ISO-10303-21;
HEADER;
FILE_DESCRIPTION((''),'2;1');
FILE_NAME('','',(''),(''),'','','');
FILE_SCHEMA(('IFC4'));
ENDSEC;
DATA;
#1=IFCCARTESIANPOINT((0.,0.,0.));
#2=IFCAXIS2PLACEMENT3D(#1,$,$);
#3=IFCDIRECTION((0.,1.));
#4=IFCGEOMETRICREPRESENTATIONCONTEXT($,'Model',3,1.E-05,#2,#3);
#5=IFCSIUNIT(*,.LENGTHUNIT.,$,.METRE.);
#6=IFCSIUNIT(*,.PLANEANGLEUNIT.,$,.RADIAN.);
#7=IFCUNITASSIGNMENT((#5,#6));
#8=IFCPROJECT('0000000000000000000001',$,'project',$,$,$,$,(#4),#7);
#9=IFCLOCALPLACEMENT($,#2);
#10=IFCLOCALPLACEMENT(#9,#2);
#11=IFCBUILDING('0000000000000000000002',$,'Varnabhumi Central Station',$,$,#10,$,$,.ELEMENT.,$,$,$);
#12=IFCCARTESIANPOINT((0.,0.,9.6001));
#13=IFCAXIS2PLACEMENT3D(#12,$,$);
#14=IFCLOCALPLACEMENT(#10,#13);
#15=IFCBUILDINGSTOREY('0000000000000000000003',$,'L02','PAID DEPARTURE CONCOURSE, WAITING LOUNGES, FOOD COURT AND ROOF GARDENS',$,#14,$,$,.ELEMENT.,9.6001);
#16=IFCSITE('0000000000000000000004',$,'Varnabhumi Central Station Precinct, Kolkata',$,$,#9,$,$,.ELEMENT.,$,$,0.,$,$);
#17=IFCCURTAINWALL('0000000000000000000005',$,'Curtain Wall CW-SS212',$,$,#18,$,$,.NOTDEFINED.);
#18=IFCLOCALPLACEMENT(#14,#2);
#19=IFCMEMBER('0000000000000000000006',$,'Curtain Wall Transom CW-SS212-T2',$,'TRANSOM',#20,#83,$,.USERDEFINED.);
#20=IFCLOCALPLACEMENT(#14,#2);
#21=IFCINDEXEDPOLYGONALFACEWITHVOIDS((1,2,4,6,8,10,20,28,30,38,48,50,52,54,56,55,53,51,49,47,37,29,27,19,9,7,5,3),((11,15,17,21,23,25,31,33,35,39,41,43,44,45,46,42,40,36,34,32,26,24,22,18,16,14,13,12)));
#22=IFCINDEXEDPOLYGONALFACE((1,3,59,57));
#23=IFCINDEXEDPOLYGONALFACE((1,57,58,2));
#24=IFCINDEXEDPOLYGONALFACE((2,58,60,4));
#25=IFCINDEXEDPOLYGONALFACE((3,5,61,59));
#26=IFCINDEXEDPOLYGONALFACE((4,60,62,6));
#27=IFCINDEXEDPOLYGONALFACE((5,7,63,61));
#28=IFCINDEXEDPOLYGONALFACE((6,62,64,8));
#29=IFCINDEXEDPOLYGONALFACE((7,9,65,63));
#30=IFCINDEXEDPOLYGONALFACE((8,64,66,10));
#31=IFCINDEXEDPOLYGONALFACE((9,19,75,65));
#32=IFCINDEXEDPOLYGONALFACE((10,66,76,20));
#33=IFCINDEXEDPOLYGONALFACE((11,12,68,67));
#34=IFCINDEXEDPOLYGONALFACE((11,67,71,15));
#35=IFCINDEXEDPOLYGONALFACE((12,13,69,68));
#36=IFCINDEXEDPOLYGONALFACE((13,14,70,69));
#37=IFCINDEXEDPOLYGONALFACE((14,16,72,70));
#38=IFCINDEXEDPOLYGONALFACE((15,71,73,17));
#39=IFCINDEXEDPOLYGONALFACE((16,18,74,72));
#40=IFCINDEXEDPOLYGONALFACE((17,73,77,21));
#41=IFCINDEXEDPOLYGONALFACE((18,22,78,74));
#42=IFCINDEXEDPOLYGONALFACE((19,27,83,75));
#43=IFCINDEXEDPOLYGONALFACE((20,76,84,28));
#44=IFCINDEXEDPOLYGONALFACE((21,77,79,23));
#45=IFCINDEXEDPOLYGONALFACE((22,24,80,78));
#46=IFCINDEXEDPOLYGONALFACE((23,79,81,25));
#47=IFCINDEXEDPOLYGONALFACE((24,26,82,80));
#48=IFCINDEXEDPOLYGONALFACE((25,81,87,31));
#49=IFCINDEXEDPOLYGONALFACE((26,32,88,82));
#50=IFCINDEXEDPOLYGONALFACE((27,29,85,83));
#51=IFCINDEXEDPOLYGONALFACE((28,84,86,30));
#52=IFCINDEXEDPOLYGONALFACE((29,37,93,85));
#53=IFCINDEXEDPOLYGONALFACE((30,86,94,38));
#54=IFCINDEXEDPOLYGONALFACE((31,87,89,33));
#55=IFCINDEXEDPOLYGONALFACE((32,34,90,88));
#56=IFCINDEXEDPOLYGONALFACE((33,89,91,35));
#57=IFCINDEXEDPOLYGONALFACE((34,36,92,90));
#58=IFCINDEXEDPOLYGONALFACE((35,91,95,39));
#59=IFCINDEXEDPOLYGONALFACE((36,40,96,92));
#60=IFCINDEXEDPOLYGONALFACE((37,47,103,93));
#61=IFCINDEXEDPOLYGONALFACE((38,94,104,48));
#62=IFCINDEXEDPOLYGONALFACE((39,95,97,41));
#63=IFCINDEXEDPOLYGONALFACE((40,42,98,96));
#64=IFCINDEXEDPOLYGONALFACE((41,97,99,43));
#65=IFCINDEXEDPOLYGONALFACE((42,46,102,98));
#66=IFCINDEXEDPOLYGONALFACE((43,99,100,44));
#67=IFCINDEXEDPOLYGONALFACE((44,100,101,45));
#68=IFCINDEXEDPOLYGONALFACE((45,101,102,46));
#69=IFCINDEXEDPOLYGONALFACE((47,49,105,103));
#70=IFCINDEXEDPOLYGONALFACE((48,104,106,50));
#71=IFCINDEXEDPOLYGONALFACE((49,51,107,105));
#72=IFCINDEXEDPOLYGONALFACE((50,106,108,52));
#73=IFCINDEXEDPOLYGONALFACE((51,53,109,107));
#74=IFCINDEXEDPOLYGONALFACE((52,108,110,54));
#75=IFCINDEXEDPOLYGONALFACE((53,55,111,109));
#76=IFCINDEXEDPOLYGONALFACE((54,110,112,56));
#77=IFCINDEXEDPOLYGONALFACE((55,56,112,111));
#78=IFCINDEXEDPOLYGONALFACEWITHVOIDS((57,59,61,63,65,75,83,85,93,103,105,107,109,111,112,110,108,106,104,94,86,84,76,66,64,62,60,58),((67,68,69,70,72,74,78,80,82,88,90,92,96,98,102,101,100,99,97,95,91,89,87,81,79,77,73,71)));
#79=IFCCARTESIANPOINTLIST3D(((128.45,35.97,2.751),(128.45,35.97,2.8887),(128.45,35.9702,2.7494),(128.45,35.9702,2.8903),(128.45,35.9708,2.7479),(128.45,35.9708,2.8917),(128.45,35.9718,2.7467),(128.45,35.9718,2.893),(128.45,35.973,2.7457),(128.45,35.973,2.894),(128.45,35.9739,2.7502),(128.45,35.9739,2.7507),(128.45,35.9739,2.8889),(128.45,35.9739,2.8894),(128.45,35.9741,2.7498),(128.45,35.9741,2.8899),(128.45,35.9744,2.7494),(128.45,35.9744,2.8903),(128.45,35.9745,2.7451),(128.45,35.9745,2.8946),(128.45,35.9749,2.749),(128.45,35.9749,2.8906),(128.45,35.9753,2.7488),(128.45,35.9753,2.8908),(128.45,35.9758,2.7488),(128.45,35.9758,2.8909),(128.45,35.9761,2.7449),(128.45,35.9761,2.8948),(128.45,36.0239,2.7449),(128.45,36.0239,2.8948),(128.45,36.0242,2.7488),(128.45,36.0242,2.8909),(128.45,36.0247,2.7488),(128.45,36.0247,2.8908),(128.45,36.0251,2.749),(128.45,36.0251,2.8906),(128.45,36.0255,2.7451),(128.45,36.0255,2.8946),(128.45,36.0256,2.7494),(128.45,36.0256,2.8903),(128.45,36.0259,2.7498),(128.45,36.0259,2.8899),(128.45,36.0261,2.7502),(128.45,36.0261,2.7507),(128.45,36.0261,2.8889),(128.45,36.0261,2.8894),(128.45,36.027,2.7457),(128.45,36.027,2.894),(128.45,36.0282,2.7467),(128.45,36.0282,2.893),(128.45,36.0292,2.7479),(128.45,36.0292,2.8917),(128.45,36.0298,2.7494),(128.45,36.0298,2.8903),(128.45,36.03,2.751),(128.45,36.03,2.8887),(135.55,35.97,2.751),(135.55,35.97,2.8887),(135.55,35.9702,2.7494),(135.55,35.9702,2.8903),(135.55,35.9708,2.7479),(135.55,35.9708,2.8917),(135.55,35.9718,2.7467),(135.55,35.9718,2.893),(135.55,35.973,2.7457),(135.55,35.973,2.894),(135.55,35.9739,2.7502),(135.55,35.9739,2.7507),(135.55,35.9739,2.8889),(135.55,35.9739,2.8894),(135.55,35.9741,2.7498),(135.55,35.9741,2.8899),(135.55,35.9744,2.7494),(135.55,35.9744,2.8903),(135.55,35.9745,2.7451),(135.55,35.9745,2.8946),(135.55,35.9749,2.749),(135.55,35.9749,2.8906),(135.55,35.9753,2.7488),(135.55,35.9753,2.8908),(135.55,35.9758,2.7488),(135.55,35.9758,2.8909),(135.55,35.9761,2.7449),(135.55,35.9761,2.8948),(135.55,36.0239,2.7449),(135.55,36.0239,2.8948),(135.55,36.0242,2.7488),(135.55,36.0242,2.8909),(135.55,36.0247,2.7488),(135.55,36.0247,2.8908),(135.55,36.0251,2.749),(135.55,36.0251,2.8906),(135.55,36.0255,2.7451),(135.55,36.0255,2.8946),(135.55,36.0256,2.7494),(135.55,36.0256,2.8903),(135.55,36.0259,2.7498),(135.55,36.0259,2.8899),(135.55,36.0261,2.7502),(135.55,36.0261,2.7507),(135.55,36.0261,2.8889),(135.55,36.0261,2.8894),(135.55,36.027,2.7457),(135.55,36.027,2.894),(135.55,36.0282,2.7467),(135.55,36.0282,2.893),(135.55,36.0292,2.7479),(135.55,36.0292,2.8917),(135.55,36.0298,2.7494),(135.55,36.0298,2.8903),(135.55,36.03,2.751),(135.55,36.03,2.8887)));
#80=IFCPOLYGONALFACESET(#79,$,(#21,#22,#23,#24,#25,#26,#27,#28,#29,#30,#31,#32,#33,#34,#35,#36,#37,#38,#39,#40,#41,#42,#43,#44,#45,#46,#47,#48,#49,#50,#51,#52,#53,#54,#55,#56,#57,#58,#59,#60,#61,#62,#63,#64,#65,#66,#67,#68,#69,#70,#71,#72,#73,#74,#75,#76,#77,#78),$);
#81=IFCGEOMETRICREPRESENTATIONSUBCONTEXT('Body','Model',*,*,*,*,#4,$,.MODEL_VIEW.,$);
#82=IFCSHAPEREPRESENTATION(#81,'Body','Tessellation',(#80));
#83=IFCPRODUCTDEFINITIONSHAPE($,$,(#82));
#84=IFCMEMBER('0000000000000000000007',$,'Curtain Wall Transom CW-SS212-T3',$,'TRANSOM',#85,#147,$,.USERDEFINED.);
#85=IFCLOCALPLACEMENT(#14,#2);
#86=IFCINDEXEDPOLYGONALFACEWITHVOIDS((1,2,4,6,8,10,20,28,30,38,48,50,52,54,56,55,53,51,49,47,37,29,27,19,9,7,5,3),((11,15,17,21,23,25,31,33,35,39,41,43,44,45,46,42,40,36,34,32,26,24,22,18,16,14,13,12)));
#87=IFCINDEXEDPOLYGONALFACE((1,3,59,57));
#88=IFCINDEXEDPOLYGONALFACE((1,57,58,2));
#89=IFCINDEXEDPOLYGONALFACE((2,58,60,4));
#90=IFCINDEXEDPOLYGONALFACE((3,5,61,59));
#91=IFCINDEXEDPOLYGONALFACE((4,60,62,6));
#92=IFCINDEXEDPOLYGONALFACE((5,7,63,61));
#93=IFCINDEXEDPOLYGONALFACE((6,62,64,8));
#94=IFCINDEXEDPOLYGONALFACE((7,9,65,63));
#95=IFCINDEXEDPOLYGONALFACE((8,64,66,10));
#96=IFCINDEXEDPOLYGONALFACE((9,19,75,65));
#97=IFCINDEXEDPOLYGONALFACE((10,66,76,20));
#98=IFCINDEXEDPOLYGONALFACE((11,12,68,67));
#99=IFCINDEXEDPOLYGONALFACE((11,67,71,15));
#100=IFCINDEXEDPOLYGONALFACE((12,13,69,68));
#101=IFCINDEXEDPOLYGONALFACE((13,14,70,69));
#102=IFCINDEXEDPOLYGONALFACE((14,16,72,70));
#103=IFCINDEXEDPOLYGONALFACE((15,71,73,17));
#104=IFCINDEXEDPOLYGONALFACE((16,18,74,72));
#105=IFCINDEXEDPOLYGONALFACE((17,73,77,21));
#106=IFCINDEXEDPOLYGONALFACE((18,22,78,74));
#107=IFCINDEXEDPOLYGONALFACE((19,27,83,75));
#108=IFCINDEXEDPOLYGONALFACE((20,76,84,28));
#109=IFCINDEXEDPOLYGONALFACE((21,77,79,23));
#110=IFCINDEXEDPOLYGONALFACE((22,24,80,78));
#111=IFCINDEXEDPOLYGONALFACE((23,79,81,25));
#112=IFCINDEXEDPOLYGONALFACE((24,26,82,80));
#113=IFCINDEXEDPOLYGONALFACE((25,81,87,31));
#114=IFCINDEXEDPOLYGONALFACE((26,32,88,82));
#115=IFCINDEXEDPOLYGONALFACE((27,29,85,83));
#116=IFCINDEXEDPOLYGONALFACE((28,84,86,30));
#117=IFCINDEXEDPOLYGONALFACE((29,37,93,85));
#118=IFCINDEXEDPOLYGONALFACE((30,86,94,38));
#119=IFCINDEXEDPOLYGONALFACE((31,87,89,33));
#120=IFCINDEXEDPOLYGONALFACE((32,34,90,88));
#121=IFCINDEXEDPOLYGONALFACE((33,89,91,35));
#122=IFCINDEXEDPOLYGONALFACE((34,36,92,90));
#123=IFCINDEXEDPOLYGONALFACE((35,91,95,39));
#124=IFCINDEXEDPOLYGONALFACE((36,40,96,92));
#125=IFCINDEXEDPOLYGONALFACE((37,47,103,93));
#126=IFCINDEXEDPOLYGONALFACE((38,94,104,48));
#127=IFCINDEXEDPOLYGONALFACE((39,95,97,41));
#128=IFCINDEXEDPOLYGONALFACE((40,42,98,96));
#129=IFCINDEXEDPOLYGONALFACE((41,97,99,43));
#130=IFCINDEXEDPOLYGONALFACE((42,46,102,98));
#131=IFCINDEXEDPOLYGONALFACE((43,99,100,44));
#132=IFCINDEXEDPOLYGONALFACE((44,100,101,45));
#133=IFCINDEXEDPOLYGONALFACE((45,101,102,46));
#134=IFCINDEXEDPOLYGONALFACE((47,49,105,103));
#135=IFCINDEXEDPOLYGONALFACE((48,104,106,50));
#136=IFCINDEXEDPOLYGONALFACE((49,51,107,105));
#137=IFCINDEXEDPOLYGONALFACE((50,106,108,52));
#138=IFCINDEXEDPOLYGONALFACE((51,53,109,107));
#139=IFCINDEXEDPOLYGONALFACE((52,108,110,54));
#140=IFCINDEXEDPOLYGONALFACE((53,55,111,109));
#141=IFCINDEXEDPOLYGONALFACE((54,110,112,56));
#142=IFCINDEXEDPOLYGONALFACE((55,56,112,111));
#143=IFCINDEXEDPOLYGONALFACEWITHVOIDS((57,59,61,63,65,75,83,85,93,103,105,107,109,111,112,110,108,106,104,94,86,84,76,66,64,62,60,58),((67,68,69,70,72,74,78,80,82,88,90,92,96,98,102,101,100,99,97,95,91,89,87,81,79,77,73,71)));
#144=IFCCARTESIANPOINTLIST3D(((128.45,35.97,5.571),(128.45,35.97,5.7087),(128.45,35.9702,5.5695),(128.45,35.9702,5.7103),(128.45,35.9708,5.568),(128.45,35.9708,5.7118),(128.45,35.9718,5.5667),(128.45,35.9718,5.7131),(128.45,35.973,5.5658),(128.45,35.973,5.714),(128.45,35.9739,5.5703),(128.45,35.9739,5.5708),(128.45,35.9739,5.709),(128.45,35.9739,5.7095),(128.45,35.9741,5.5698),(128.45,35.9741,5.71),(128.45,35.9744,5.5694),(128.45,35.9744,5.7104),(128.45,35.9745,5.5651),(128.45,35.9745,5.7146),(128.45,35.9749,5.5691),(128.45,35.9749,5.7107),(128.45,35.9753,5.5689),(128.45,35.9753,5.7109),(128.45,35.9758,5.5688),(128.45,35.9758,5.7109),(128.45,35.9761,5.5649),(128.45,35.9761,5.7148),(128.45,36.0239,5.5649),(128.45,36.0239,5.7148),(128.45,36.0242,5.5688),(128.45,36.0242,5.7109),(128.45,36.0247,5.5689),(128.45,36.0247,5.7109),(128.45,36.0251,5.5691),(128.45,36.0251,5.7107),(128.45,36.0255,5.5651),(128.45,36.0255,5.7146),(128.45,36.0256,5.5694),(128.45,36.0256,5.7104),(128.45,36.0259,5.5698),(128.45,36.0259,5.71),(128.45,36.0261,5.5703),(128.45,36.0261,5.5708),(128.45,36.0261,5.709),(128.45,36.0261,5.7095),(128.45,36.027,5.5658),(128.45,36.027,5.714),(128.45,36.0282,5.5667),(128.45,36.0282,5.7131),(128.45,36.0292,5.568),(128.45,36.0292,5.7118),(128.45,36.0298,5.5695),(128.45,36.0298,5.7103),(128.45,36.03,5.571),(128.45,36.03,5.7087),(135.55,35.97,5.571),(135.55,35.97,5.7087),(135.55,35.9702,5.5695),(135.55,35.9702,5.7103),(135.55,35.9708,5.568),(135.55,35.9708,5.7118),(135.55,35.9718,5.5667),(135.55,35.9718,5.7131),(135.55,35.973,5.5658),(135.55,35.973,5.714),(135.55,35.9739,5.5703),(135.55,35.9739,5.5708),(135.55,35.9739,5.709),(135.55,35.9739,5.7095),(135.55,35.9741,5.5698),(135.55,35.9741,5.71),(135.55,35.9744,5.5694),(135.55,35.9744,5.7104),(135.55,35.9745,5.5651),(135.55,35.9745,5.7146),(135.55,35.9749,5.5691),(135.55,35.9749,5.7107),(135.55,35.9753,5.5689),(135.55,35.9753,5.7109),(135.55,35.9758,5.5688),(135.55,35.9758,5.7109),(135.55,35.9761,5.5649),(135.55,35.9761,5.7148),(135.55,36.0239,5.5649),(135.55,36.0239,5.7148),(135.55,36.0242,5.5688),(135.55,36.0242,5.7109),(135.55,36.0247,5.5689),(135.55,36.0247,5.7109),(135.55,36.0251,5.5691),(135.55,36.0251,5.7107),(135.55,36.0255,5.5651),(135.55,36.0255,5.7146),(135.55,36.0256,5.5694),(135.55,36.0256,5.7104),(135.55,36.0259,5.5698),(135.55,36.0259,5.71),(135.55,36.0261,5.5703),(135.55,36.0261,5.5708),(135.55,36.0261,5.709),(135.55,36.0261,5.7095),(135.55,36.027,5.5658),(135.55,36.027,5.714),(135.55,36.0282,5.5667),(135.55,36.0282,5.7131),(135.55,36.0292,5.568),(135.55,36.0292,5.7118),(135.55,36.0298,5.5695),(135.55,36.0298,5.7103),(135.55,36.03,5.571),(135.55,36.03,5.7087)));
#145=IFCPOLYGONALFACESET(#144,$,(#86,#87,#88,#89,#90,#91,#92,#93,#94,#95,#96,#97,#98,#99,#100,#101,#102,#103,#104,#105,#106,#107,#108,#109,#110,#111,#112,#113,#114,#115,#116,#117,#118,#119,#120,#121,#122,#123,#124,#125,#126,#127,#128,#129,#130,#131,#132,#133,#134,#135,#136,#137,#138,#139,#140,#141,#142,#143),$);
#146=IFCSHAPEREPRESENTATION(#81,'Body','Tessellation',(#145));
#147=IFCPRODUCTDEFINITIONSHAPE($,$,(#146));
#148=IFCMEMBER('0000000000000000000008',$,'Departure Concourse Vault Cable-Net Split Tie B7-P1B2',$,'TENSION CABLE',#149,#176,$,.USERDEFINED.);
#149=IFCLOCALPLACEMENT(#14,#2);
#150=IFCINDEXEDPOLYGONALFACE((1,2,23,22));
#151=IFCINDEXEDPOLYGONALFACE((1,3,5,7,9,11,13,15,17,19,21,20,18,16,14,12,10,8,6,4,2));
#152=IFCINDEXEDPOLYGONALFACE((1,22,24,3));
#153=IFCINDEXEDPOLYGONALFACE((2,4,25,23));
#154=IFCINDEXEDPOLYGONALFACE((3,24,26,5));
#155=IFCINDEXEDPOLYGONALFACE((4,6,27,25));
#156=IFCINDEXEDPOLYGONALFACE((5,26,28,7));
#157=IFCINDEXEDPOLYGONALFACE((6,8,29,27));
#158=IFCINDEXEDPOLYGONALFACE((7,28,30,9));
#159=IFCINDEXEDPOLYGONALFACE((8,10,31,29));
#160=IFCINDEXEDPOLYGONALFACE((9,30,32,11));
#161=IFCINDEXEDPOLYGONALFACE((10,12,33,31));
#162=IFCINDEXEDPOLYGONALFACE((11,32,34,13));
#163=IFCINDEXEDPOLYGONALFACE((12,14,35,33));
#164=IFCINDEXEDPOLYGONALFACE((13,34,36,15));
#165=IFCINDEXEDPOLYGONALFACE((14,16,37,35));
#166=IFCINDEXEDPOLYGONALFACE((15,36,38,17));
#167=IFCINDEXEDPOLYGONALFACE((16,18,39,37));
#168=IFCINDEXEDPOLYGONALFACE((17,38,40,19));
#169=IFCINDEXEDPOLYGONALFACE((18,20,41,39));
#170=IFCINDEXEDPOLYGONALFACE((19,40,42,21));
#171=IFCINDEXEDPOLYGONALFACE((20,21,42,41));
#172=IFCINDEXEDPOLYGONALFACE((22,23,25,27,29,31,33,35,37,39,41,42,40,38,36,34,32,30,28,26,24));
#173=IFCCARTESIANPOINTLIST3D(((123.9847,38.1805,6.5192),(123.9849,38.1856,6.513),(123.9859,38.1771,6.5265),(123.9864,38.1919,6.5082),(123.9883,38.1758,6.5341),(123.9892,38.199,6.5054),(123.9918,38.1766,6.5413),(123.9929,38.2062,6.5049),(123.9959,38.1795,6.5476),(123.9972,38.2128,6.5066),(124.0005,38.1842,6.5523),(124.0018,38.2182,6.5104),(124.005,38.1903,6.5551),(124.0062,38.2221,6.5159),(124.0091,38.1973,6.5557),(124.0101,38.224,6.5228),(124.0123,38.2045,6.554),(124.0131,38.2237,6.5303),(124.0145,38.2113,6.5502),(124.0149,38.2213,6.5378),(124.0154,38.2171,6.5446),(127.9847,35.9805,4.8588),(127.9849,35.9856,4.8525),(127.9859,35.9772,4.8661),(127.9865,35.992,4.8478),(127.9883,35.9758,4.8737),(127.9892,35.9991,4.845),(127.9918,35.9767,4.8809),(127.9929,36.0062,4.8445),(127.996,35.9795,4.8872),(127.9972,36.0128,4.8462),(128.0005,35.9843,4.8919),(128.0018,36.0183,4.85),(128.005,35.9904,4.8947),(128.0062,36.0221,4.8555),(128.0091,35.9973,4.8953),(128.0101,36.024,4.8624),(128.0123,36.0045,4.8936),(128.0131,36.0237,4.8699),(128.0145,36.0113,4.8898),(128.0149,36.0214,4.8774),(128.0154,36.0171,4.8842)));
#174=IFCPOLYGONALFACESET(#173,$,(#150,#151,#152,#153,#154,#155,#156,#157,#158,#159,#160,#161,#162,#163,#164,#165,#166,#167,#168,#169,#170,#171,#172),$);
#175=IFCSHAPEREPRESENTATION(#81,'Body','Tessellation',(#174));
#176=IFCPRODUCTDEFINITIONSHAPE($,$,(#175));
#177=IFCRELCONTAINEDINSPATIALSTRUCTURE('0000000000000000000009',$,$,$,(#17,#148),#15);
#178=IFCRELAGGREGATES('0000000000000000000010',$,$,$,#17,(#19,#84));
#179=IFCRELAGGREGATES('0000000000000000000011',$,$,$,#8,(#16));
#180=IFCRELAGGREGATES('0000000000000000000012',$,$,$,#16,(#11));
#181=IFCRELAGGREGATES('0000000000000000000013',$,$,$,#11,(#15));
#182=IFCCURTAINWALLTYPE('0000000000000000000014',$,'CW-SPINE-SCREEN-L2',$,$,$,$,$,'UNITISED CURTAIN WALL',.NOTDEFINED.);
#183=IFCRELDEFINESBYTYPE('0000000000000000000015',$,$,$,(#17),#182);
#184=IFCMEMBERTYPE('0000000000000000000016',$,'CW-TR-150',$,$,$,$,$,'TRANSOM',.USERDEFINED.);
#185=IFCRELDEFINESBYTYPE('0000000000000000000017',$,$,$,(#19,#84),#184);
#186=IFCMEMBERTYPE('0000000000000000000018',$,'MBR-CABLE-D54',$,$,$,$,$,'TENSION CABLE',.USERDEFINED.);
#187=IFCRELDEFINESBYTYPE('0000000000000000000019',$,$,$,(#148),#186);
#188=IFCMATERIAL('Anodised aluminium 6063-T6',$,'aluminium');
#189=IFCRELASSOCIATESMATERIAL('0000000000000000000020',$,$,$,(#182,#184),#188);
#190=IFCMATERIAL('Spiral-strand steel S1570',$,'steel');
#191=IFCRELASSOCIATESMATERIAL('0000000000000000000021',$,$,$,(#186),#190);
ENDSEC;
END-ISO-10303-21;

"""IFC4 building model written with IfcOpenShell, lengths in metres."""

from ifc_helpers import new_model, si_unit, direction, frame, origin, origin_2d, place, context, subcontext, project, spatial, hollow_rectangle, circle, extrude, material, material_profile, profile_set, type_object, element, aggregate, save


model = new_model("IFC4")

# Units and contexts
model_context = context("Model", 3, precision=1e-05, world=origin(), true_north=direction((0.0, 1.0)))
body_context = subcontext(model_context, "Body", "Model", "MODEL_VIEW")
ifc_project = project(units=[si_unit("LENGTHUNIT", "METRE"), si_unit("PLANEANGLEUNIT", "RADIAN")], contexts=[model_context])

# Site, building, storey
site_placement = place(None, origin())
site = spatial("IfcSite", under=ifc_project, at=site_placement, Name="Varnabhumi Central Station Precinct, Kolkata", CompositionType="ELEMENT", RefElevation=0.0)
building_placement = place(site_placement, origin())
building = spatial("IfcBuilding", under=site, at=building_placement, Name="Varnabhumi Central Station", CompositionType="ELEMENT")
storey_placement = place(building_placement, frame((0.0, 0.0, 9.6001)))
storey = spatial("IfcBuildingStorey", under=building, at=storey_placement, Name="L02", Description="PAID DEPARTURE CONCOURSE, WAITING LOUNGES, FOOD COURT AND ROOF GARDENS", CompositionType="ELEMENT", Elevation=9.6001)

# Curtain wall, members
ifc_material_1 = material(Name="Anodised aluminium 6063-T6", Category="aluminium")
curtain_wall_type = type_object("IfcCurtainWallType", Name="CW-SPINE-SCREEN-L2", ElementType="UNITISED CURTAIN WALL", PredefinedType="NOTDEFINED", material=ifc_material_1)
curtain_wall_placement = place(storey_placement, origin())
curtain_wall = element("IfcCurtainWall", 1, at=curtain_wall_placement, inside=storey, type_object=curtain_wall_type, Name="Curtain Wall CW-SS212", PredefinedType="NOTDEFINED")
ifc_material_profile_1 = material_profile(ifc_material_1, hollow_rectangle(XDim=0.0601, YDim=0.1499, WallThickness=0.0039, InnerFilletRadius=0.002, OuterFilletRadius=0.0061, at=origin_2d()), Name="Anodised aluminium 6063-T6", Category="aluminium")
ifc_profile_set_1 = profile_set([ifc_material_profile_1], Name="Anodised aluminium 6063-T6")
member_type_1 = type_object("IfcMemberType", Name="CW-TR-150", ElementType="TRANSOM", PredefinedType="USERDEFINED", material=ifc_profile_set_1)
member_1_placement = place(storey_placement, frame((128.45, 36.0, 2.8198), z_axis=(1.0, 0.0, 0.0), x_axis=(0.0, 1.0, 0.0)))
member_1 = element("IfcMember", 2, at=member_1_placement, type_object=member_type_1, Name="Curtain Wall Transom CW-SS212-T2", ObjectType="TRANSOM", PredefinedType="USERDEFINED", context=body_context, shape_type="SweptSolid", body=[
    extrude(hollow_rectangle(XDim=0.0601, YDim=0.1499, WallThickness=0.0039, InnerFilletRadius=0.002, OuterFilletRadius=0.0061, at=origin_2d()), origin(), (0.0, 0.0, 1.0), 7.1001),
])
member_2_placement = place(storey_placement, frame((128.45, 36.0, 5.6399), z_axis=(1.0, 0.0, 0.0), x_axis=(0.0, 1.0, 0.0)))
member_2 = element("IfcMember", 3, at=member_2_placement, type_object=member_type_1, Name="Curtain Wall Transom CW-SS212-T3", ObjectType="TRANSOM", PredefinedType="USERDEFINED", context=body_context, shape_type="SweptSolid", body=[
    extrude(hollow_rectangle(XDim=0.0601, YDim=0.1499, WallThickness=0.0039, InnerFilletRadius=0.002, OuterFilletRadius=0.0061, at=origin_2d()), origin(), (0.0, 0.0, 1.0), 7.1001),
])
aggregate(curtain_wall, [member_1, member_2])

# Member
ifc_material_2 = material(Name="Spiral-strand steel S1570", Category="steel")
ifc_material_profile_2 = material_profile(ifc_material_2, circle(Radius=0.0271, at=origin_2d()), Name="Spiral-strand steel S1570", Category="steel")
ifc_profile_set_2 = profile_set([ifc_material_profile_2], Name="Spiral-strand steel S1570")
member_type_2 = type_object("IfcMemberType", Name="MBR-CABLE-D54", ElementType="TENSION CABLE", PredefinedType="USERDEFINED", material=ifc_profile_set_2)
member_3_placement = place(storey_placement, frame((124.0, 38.2, 6.5303), z_axis=(0.823444, -0.452884, -0.341812), x_axis=(0.481911, 0.87622, 0.0)))
element("IfcMember", 4, at=member_3_placement, inside=storey, type_object=member_type_2, Name="Departure Concourse Vault Cable-Net Split Tie B7-P1B2", ObjectType="TENSION CABLE", PredefinedType="USERDEFINED", context=body_context, shape_type="SweptSolid", body=[
    extrude(circle(Radius=0.0271, at=origin_2d()), origin(), (0.0, 0.0, 1.0), 4.8577),
])

save(model, "model.ifc")
